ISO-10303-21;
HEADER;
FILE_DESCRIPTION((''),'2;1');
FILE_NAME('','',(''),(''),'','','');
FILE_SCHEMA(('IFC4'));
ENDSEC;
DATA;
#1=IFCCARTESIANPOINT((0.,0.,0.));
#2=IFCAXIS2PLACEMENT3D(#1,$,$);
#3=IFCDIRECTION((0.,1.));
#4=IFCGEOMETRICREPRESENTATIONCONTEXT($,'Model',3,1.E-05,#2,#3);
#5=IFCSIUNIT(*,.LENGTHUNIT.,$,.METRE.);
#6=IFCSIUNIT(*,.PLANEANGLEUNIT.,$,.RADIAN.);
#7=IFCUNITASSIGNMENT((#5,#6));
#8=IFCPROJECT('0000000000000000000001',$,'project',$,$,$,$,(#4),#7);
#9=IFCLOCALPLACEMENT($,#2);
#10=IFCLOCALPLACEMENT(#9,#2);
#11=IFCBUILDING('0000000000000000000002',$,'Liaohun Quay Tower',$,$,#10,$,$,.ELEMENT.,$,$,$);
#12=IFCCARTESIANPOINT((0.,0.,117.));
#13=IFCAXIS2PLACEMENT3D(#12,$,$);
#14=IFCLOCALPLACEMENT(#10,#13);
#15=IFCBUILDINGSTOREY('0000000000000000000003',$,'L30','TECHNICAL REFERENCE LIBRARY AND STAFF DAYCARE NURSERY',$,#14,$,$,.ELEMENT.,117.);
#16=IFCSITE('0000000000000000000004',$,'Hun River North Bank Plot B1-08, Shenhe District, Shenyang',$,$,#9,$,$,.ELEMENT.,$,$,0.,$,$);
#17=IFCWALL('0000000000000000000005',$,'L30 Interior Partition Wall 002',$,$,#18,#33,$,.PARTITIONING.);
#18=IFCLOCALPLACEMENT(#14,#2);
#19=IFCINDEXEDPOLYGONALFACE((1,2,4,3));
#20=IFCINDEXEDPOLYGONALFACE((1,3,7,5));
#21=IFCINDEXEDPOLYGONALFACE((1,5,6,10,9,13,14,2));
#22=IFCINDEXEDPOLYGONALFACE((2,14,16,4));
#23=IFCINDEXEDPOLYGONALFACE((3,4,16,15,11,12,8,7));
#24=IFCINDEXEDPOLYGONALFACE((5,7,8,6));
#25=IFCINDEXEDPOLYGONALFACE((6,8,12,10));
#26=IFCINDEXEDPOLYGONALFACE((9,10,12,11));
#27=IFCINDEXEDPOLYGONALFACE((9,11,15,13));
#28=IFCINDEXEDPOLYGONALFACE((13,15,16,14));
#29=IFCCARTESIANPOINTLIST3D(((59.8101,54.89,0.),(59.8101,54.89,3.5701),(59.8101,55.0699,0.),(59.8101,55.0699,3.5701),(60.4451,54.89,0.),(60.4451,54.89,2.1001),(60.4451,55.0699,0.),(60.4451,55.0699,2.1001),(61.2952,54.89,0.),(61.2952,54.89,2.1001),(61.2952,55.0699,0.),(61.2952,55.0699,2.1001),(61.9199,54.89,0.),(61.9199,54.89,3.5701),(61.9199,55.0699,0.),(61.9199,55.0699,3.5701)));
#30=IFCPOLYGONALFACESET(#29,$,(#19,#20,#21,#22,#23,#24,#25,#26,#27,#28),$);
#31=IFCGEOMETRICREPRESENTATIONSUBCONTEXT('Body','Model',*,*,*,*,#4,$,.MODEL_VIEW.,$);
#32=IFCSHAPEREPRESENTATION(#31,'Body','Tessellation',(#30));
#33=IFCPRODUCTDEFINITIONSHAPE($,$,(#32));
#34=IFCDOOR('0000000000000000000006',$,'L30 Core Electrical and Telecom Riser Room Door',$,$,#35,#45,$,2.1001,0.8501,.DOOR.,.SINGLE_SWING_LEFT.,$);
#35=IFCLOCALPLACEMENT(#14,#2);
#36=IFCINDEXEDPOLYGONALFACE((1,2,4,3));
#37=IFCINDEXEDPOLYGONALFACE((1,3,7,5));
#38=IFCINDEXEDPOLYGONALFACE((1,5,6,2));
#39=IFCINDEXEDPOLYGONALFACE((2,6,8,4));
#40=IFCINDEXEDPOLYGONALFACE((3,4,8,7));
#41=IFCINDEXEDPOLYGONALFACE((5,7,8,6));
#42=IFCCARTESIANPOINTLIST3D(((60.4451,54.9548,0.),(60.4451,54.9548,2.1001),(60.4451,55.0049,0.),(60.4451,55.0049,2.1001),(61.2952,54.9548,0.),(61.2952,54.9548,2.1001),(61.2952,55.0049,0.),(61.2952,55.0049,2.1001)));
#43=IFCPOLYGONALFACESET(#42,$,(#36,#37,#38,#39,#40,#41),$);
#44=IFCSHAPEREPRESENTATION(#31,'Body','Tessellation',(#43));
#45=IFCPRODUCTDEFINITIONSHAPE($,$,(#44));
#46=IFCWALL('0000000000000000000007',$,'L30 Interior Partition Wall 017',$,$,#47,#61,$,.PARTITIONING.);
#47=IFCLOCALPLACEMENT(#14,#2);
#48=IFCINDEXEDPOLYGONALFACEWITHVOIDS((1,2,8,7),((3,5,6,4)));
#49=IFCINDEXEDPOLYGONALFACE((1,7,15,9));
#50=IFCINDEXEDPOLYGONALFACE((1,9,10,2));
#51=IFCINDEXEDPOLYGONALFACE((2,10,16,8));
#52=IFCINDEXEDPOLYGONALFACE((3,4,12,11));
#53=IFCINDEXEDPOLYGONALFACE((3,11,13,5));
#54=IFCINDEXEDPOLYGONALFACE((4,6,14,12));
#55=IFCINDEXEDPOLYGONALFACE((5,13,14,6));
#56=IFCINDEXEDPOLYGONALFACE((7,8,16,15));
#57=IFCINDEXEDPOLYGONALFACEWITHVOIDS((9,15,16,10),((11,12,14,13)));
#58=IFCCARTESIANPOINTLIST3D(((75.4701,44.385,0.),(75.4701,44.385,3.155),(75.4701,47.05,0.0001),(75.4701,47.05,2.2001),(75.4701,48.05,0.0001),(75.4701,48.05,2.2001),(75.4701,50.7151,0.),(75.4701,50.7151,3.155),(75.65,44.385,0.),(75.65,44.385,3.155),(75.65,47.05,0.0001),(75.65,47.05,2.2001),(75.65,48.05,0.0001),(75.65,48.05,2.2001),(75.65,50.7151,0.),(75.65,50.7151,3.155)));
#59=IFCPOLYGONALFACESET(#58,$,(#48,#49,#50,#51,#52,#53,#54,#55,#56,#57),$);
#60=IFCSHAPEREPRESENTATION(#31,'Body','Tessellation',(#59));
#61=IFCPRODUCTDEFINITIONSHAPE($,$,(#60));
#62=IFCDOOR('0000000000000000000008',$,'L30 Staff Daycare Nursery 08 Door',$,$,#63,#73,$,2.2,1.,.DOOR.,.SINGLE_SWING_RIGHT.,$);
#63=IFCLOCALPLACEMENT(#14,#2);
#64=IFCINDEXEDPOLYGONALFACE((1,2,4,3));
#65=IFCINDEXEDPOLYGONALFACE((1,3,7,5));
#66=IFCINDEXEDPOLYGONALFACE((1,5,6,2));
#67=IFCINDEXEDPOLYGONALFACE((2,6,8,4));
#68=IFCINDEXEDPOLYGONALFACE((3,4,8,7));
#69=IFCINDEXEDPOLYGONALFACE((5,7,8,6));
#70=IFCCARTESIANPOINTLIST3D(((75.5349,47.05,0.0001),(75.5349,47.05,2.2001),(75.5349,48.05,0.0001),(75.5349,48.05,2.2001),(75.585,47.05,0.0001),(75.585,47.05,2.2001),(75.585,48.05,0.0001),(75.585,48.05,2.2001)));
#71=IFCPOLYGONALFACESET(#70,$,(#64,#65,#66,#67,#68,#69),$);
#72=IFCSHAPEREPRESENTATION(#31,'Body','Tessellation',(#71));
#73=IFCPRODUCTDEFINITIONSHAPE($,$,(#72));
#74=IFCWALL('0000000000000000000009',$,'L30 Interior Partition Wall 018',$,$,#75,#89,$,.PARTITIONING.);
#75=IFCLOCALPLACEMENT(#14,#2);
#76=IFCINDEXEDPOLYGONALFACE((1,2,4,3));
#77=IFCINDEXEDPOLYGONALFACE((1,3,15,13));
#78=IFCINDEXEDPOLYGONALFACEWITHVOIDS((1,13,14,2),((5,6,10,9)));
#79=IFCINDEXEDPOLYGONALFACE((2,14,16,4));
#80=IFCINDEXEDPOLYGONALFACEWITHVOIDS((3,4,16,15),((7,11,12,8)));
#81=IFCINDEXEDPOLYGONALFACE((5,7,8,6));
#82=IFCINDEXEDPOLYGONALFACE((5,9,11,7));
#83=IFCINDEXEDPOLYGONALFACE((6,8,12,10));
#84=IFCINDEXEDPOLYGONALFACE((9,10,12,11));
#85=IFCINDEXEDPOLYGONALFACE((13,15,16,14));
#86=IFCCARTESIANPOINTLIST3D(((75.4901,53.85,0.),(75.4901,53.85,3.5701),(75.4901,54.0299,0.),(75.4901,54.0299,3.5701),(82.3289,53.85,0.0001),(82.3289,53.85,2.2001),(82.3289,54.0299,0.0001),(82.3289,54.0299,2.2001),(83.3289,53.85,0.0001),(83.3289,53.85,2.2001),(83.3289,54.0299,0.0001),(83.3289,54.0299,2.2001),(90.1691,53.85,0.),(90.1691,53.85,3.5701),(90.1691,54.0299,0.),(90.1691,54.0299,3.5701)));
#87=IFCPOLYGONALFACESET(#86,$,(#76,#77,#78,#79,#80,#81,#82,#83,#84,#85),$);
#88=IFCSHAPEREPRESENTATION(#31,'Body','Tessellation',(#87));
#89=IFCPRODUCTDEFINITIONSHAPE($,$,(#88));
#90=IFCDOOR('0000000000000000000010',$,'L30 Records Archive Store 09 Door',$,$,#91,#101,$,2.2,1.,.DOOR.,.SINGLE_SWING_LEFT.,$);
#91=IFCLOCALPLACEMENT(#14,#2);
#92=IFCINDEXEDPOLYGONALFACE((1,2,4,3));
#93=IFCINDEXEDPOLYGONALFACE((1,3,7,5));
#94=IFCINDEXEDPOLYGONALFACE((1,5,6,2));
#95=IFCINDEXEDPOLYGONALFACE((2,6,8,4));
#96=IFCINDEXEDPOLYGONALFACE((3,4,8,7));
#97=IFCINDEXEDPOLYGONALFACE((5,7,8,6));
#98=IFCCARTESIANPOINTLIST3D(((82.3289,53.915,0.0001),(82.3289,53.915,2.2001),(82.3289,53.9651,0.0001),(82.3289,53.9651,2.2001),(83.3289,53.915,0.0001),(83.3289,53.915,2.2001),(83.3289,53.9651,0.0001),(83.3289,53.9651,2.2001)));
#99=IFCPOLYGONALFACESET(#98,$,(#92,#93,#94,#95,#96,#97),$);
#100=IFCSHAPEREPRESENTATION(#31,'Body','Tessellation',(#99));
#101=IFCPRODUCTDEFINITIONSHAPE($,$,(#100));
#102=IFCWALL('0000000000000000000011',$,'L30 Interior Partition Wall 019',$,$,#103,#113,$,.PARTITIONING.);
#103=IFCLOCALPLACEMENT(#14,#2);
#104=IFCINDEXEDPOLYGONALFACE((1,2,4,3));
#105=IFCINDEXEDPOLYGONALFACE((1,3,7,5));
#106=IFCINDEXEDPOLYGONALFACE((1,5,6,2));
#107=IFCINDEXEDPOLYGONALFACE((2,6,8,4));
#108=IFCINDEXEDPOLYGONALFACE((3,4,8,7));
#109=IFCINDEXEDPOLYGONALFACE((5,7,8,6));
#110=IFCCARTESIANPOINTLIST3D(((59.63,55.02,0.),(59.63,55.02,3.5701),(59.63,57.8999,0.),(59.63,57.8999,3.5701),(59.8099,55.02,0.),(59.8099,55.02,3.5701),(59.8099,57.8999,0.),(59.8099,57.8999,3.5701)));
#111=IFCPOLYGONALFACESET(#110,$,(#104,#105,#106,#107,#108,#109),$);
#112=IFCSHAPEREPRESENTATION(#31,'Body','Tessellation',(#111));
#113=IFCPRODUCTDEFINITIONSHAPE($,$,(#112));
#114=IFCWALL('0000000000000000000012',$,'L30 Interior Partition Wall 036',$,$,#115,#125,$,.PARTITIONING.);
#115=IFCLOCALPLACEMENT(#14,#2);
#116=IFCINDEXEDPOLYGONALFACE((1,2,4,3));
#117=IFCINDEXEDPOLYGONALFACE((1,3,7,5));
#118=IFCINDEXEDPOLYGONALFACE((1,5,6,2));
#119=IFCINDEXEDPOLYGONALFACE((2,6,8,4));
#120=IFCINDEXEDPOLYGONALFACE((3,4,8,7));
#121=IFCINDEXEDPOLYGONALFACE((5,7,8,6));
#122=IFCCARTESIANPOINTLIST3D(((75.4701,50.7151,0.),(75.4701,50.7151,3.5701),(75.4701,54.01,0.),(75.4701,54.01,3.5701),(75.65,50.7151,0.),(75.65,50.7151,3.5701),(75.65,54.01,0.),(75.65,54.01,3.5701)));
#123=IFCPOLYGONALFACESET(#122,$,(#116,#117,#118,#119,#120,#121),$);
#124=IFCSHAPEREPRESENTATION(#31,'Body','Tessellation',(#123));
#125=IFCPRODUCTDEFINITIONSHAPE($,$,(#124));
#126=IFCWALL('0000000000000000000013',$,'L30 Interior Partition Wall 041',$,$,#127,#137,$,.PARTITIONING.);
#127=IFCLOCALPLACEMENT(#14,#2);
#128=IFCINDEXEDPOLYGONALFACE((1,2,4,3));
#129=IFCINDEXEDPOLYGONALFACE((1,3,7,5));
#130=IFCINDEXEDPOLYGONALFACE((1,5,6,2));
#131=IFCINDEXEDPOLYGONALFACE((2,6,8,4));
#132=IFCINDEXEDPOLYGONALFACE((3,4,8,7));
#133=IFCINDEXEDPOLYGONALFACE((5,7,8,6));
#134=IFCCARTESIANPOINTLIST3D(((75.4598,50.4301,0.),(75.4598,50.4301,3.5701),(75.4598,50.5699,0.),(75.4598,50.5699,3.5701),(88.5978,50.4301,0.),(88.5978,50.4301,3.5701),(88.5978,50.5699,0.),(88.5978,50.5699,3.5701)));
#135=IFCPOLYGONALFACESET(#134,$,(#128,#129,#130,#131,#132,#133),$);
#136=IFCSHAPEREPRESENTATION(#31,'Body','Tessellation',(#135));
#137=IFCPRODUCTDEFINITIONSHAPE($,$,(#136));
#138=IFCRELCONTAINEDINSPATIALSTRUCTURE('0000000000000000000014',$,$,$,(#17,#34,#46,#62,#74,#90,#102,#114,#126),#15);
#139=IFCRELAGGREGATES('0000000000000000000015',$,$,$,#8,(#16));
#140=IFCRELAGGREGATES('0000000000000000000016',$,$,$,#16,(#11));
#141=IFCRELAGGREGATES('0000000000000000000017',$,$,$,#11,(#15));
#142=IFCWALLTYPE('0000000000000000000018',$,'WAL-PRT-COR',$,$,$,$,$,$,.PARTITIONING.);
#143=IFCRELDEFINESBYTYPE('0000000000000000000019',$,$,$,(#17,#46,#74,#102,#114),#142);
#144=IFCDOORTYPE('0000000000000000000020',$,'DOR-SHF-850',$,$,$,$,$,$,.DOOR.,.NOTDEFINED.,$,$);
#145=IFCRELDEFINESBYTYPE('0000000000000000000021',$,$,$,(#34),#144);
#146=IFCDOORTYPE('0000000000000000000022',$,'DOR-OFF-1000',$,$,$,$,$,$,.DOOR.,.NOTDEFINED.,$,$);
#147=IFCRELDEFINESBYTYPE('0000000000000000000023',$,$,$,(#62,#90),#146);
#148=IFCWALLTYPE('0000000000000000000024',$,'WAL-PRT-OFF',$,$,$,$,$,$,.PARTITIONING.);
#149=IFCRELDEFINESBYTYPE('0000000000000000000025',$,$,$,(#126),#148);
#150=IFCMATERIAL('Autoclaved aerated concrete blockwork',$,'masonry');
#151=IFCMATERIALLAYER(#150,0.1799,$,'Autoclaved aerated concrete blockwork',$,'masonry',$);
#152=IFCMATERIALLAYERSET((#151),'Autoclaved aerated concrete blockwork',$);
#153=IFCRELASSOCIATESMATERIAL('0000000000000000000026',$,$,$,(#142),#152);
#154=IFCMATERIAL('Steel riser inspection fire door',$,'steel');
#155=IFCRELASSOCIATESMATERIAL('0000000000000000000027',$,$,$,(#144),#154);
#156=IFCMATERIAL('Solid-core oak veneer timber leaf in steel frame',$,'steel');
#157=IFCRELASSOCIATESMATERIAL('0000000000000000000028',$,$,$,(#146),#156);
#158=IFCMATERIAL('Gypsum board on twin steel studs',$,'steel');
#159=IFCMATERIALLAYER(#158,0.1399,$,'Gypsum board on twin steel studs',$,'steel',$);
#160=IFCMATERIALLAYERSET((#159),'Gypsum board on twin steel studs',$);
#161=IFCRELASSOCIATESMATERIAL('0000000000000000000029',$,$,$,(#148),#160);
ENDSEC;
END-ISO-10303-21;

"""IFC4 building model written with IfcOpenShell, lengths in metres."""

from ifc_helpers import new_model, si_unit, direction, frame, frame_2d, origin, place, context, subcontext, project, spatial, rectangle, extrude, source, transform, mapped, material, layer, layer_set, type_object, element, fill, save


model = new_model("IFC4")

# Units and contexts
model_context = context("Model", 3, precision=1e-05, world=origin(), true_north=direction((0.0, 1.0)))
body_context = subcontext(model_context, "Body", "Model", "MODEL_VIEW")
ifc_project = project(units=[si_unit("LENGTHUNIT", "METRE"), si_unit("PLANEANGLEUNIT", "RADIAN")], contexts=[model_context])

# Site, building, storey
site_placement = place(None, origin())
site = spatial("IfcSite", under=ifc_project, at=site_placement, Name="Hun River North Bank Plot B1-08, Shenhe District, Shenyang", CompositionType="ELEMENT", RefElevation=0.0)
building_placement = place(site_placement, origin())
building = spatial("IfcBuilding", under=site, at=building_placement, Name="Liaohun Quay Tower", CompositionType="ELEMENT")
storey_placement = place(building_placement, frame((0.0, 0.0, 117.0)))
storey = spatial("IfcBuildingStorey", under=building, at=storey_placement, Name="L30", Description="TECHNICAL REFERENCE LIBRARY AND STAFF DAYCARE NURSERY", CompositionType="ELEMENT", Elevation=117.0)

# Walls, openings, doors
ifc_material_1 = material(Name="Autoclaved aerated concrete blockwork", Category="masonry")
ifc_layer_1 = layer(ifc_material_1, 0.1799, Name="Autoclaved aerated concrete blockwork", Category="masonry")
ifc_layer_set_1 = layer_set([ifc_layer_1], Name="Autoclaved aerated concrete blockwork")
wall_type_1 = type_object("IfcWallType", Name="WAL-PRT-COR", PredefinedType="PARTITIONING", material=ifc_layer_set_1)
wall_1_placement = place(storey_placement, frame((59.8101, 54.98, 0.0), z_axis=(0.0, 0.0, 1.0), x_axis=(1.0, 0.0, 0.0)))
wall_1 = element("IfcWall", 1, at=wall_1_placement, inside=storey, type_object=wall_type_1, Name="L30 Interior Partition Wall 002", PredefinedType="PARTITIONING", context=body_context, shape_type="SweptSolid", body=[
    extrude(rectangle(XDim=2.1099, YDim=0.1799, at=frame_2d((1.0549, 0.0))), origin(), (0.0, 0.0, 1.0), 3.5701),
])
shared_shape_1 = source(origin(), body_context, "Body", "SweptSolid", [
    extrude(rectangle(XDim=0.8501, YDim=2.1001, at=frame_2d((0.425, 1.05))), frame((0.0, 0.0999, 0.0), z_axis=(0.0, -1.0, 0.0), x_axis=(1.0, 0.0, 0.0)), (0.0, 0.0, 1.0), 0.2),
])
opening_1_placement = place(wall_1_placement, frame((0.635, 0.0, 0.0)))
opening_1 = element("IfcOpeningElement", 2, at=opening_1_placement, cuts=wall_1, PredefinedType="OPENING", context=body_context, shape_type="MappedRepresentation", body=[
    mapped(shared_shape_1, transform((0.0, 0.0, 0.0), x_axis=(1.0, 0.0, 0.0), y_axis=(0.0, 1.0, 0.0), z_axis=(0.0, 0.0, 1.0), scale=1.0)),
])
ifc_material_2 = material(Name="Steel riser inspection fire door", Category="steel")
door_type_1 = type_object("IfcDoorType", Name="DOR-SHF-850", OperationType="NOTDEFINED", PredefinedType="DOOR", material=ifc_material_2)
shared_shape_2 = source(origin(), body_context, "Body", "SweptSolid", [
    extrude(rectangle(XDim=0.8501, YDim=2.1001, at=frame_2d((0.425, 1.05))), frame((0.0, 0.0249, 0.0), z_axis=(0.0, -1.0, 0.0), x_axis=(1.0, 0.0, 0.0)), (0.0, 0.0, 1.0), 0.05),
])
door_1_placement = place(opening_1_placement, origin())
door_1 = element("IfcDoor", 3, at=door_1_placement, inside=storey, type_object=door_type_1, Name="L30 Core Electrical and Telecom Riser Room Door", OperationType="SINGLE_SWING_LEFT", OverallHeight=2.1001, OverallWidth=0.8501, PredefinedType="DOOR", context=body_context, shape_type="MappedRepresentation", body=[
    mapped(shared_shape_2, transform((0.0, 0.0, 0.0), x_axis=(1.0, 0.0, 0.0), y_axis=(0.0, 1.0, 0.0), z_axis=(0.0, 0.0, 1.0), scale=1.0)),
])
fill(opening_1, door_1)
wall_2_placement = place(storey_placement, frame((75.5601, 50.7151, 0.0), z_axis=(0.0, 0.0, 1.0), x_axis=(0.0, -1.0, 0.0)))
wall_2 = element("IfcWall", 4, at=wall_2_placement, inside=storey, type_object=wall_type_1, Name="L30 Interior Partition Wall 017", PredefinedType="PARTITIONING", context=body_context, shape_type="SweptSolid", body=[
    extrude(rectangle(XDim=6.3301, YDim=0.1799, at=frame_2d((3.165, 0.0))), origin(), (0.0, 0.0, 1.0), 3.155),
])
shared_shape_3 = source(origin(), body_context, "Body", "SweptSolid", [
    extrude(rectangle(XDim=1.0, YDim=2.2, at=frame_2d((0.5, 1.1001))), frame((0.0, 0.0999, 0.0), z_axis=(0.0, -1.0, 0.0), x_axis=(1.0, 0.0, 0.0)), (0.0, 0.0, 1.0), 0.2),
])
opening_2_placement = place(wall_2_placement, frame((2.665, 0.0, 0.0)))
opening_2 = element("IfcOpeningElement", 5, at=opening_2_placement, cuts=wall_2, PredefinedType="OPENING", context=body_context, shape_type="MappedRepresentation", body=[
    mapped(shared_shape_3, transform((0.0, 0.0, 0.0), x_axis=(1.0, 0.0, 0.0), y_axis=(0.0, 1.0, 0.0), z_axis=(0.0, 0.0, 1.0), scale=1.0)),
])
ifc_material_3 = material(Name="Solid-core oak veneer timber leaf in steel frame", Category="steel")
door_type_2 = type_object("IfcDoorType", Name="DOR-OFF-1000", OperationType="NOTDEFINED", PredefinedType="DOOR", material=ifc_material_3)
shared_shape_4 = source(origin(), body_context, "Body", "SweptSolid", [
    extrude(rectangle(XDim=1.0, YDim=2.2, at=frame_2d((0.5, 1.1001))), frame((0.0, 0.0249, 0.0), z_axis=(0.0, -1.0, 0.0), x_axis=(1.0, 0.0, 0.0)), (0.0, 0.0, 1.0), 0.05),
])
door_2_placement = place(opening_2_placement, origin())
door_2 = element("IfcDoor", 6, at=door_2_placement, inside=storey, type_object=door_type_2, Name="L30 Staff Daycare Nursery 08 Door", OperationType="SINGLE_SWING_RIGHT", OverallHeight=2.2, OverallWidth=1.0, PredefinedType="DOOR", context=body_context, shape_type="MappedRepresentation", body=[
    mapped(shared_shape_4, transform((0.0, 0.0, 0.0), x_axis=(1.0, 0.0, 0.0), y_axis=(0.0, 1.0, 0.0), z_axis=(0.0, 0.0, 1.0), scale=1.0)),
])
fill(opening_2, door_2)
wall_3_placement = place(storey_placement, frame((90.1689, 53.9399, 0.0), z_axis=(0.0, 0.0, 1.0), x_axis=(-1.0, 0.0, 0.0)))
wall_3 = element("IfcWall", 7, at=wall_3_placement, inside=storey, type_object=wall_type_1, Name="L30 Interior Partition Wall 018", PredefinedType="PARTITIONING", context=body_context, shape_type="SweptSolid", body=[
    extrude(rectangle(XDim=14.679, YDim=0.1799, at=frame_2d((7.3394, 0.0))), origin(), (0.0, 0.0, 1.0), 3.5701),
])
opening_3_placement = place(wall_3_placement, frame((6.8401, 0.0, 0.0)))
opening_3 = element("IfcOpeningElement", 8, at=opening_3_placement, cuts=wall_3, PredefinedType="OPENING", context=body_context, shape_type="MappedRepresentation", body=[
    mapped(shared_shape_3, transform((0.0, 0.0, 0.0), x_axis=(1.0, 0.0, 0.0), y_axis=(0.0, 1.0, 0.0), z_axis=(0.0, 0.0, 1.0), scale=1.0)),
])
door_3_placement = place(opening_3_placement, origin())
door_3 = element("IfcDoor", 9, at=door_3_placement, inside=storey, type_object=door_type_2, Name="L30 Records Archive Store 09 Door", OperationType="SINGLE_SWING_LEFT", OverallHeight=2.2, OverallWidth=1.0, PredefinedType="DOOR", context=body_context, shape_type="MappedRepresentation", body=[
    mapped(shared_shape_4, transform((0.0, 0.0, 0.0), x_axis=(1.0, 0.0, 0.0), y_axis=(0.0, 1.0, 0.0), z_axis=(0.0, 0.0, 1.0), scale=1.0)),
])
fill(opening_3, door_3)

# Walls
wall_4_placement = place(storey_placement, frame((59.72, 55.02, 0.0), z_axis=(0.0, 0.0, 1.0), x_axis=(0.0, 1.0, 0.0)))
element("IfcWall", 10, at=wall_4_placement, inside=storey, type_object=wall_type_1, Name="L30 Interior Partition Wall 019", PredefinedType="PARTITIONING", context=body_context, shape_type="SweptSolid", body=[
    extrude(rectangle(XDim=2.8799, YDim=0.1799, at=frame_2d((1.4399, 0.0))), origin(), (0.0, 0.0, 1.0), 3.5701),
])
wall_5_placement = place(storey_placement, frame((75.5601, 54.01, 0.0), z_axis=(0.0, 0.0, 1.0), x_axis=(0.0, -1.0, 0.0)))
element("IfcWall", 11, at=wall_5_placement, inside=storey, type_object=wall_type_1, Name="L30 Interior Partition Wall 036", PredefinedType="PARTITIONING", context=body_context, shape_type="SweptSolid", body=[
    extrude(rectangle(XDim=3.2949, YDim=0.1799, at=frame_2d((1.6475, 0.0))), origin(), (0.0, 0.0, 1.0), 3.5701),
])
ifc_material_4 = material(Name="Gypsum board on twin steel studs", Category="steel")
ifc_layer_2 = layer(ifc_material_4, 0.1399, Name="Gypsum board on twin steel studs", Category="steel")
ifc_layer_set_2 = layer_set([ifc_layer_2], Name="Gypsum board on twin steel studs")
wall_type_2 = type_object("IfcWallType", Name="WAL-PRT-OFF", PredefinedType="PARTITIONING", material=ifc_layer_set_2)
wall_6_placement = place(storey_placement, frame((75.46, 50.5, 0.0), z_axis=(0.0, 0.0, 1.0), x_axis=(1.0, 0.0, 0.0)))
element("IfcWall", 12, at=wall_6_placement, inside=storey, type_object=wall_type_2, Name="L30 Interior Partition Wall 041", PredefinedType="PARTITIONING", context=body_context, shape_type="SweptSolid", body=[
    extrude(rectangle(XDim=13.1379, YDim=0.1399, at=frame_2d((6.5688, 0.0))), origin(), (0.0, 0.0, 1.0), 3.5701),
])

save(model, "model.ifc")
